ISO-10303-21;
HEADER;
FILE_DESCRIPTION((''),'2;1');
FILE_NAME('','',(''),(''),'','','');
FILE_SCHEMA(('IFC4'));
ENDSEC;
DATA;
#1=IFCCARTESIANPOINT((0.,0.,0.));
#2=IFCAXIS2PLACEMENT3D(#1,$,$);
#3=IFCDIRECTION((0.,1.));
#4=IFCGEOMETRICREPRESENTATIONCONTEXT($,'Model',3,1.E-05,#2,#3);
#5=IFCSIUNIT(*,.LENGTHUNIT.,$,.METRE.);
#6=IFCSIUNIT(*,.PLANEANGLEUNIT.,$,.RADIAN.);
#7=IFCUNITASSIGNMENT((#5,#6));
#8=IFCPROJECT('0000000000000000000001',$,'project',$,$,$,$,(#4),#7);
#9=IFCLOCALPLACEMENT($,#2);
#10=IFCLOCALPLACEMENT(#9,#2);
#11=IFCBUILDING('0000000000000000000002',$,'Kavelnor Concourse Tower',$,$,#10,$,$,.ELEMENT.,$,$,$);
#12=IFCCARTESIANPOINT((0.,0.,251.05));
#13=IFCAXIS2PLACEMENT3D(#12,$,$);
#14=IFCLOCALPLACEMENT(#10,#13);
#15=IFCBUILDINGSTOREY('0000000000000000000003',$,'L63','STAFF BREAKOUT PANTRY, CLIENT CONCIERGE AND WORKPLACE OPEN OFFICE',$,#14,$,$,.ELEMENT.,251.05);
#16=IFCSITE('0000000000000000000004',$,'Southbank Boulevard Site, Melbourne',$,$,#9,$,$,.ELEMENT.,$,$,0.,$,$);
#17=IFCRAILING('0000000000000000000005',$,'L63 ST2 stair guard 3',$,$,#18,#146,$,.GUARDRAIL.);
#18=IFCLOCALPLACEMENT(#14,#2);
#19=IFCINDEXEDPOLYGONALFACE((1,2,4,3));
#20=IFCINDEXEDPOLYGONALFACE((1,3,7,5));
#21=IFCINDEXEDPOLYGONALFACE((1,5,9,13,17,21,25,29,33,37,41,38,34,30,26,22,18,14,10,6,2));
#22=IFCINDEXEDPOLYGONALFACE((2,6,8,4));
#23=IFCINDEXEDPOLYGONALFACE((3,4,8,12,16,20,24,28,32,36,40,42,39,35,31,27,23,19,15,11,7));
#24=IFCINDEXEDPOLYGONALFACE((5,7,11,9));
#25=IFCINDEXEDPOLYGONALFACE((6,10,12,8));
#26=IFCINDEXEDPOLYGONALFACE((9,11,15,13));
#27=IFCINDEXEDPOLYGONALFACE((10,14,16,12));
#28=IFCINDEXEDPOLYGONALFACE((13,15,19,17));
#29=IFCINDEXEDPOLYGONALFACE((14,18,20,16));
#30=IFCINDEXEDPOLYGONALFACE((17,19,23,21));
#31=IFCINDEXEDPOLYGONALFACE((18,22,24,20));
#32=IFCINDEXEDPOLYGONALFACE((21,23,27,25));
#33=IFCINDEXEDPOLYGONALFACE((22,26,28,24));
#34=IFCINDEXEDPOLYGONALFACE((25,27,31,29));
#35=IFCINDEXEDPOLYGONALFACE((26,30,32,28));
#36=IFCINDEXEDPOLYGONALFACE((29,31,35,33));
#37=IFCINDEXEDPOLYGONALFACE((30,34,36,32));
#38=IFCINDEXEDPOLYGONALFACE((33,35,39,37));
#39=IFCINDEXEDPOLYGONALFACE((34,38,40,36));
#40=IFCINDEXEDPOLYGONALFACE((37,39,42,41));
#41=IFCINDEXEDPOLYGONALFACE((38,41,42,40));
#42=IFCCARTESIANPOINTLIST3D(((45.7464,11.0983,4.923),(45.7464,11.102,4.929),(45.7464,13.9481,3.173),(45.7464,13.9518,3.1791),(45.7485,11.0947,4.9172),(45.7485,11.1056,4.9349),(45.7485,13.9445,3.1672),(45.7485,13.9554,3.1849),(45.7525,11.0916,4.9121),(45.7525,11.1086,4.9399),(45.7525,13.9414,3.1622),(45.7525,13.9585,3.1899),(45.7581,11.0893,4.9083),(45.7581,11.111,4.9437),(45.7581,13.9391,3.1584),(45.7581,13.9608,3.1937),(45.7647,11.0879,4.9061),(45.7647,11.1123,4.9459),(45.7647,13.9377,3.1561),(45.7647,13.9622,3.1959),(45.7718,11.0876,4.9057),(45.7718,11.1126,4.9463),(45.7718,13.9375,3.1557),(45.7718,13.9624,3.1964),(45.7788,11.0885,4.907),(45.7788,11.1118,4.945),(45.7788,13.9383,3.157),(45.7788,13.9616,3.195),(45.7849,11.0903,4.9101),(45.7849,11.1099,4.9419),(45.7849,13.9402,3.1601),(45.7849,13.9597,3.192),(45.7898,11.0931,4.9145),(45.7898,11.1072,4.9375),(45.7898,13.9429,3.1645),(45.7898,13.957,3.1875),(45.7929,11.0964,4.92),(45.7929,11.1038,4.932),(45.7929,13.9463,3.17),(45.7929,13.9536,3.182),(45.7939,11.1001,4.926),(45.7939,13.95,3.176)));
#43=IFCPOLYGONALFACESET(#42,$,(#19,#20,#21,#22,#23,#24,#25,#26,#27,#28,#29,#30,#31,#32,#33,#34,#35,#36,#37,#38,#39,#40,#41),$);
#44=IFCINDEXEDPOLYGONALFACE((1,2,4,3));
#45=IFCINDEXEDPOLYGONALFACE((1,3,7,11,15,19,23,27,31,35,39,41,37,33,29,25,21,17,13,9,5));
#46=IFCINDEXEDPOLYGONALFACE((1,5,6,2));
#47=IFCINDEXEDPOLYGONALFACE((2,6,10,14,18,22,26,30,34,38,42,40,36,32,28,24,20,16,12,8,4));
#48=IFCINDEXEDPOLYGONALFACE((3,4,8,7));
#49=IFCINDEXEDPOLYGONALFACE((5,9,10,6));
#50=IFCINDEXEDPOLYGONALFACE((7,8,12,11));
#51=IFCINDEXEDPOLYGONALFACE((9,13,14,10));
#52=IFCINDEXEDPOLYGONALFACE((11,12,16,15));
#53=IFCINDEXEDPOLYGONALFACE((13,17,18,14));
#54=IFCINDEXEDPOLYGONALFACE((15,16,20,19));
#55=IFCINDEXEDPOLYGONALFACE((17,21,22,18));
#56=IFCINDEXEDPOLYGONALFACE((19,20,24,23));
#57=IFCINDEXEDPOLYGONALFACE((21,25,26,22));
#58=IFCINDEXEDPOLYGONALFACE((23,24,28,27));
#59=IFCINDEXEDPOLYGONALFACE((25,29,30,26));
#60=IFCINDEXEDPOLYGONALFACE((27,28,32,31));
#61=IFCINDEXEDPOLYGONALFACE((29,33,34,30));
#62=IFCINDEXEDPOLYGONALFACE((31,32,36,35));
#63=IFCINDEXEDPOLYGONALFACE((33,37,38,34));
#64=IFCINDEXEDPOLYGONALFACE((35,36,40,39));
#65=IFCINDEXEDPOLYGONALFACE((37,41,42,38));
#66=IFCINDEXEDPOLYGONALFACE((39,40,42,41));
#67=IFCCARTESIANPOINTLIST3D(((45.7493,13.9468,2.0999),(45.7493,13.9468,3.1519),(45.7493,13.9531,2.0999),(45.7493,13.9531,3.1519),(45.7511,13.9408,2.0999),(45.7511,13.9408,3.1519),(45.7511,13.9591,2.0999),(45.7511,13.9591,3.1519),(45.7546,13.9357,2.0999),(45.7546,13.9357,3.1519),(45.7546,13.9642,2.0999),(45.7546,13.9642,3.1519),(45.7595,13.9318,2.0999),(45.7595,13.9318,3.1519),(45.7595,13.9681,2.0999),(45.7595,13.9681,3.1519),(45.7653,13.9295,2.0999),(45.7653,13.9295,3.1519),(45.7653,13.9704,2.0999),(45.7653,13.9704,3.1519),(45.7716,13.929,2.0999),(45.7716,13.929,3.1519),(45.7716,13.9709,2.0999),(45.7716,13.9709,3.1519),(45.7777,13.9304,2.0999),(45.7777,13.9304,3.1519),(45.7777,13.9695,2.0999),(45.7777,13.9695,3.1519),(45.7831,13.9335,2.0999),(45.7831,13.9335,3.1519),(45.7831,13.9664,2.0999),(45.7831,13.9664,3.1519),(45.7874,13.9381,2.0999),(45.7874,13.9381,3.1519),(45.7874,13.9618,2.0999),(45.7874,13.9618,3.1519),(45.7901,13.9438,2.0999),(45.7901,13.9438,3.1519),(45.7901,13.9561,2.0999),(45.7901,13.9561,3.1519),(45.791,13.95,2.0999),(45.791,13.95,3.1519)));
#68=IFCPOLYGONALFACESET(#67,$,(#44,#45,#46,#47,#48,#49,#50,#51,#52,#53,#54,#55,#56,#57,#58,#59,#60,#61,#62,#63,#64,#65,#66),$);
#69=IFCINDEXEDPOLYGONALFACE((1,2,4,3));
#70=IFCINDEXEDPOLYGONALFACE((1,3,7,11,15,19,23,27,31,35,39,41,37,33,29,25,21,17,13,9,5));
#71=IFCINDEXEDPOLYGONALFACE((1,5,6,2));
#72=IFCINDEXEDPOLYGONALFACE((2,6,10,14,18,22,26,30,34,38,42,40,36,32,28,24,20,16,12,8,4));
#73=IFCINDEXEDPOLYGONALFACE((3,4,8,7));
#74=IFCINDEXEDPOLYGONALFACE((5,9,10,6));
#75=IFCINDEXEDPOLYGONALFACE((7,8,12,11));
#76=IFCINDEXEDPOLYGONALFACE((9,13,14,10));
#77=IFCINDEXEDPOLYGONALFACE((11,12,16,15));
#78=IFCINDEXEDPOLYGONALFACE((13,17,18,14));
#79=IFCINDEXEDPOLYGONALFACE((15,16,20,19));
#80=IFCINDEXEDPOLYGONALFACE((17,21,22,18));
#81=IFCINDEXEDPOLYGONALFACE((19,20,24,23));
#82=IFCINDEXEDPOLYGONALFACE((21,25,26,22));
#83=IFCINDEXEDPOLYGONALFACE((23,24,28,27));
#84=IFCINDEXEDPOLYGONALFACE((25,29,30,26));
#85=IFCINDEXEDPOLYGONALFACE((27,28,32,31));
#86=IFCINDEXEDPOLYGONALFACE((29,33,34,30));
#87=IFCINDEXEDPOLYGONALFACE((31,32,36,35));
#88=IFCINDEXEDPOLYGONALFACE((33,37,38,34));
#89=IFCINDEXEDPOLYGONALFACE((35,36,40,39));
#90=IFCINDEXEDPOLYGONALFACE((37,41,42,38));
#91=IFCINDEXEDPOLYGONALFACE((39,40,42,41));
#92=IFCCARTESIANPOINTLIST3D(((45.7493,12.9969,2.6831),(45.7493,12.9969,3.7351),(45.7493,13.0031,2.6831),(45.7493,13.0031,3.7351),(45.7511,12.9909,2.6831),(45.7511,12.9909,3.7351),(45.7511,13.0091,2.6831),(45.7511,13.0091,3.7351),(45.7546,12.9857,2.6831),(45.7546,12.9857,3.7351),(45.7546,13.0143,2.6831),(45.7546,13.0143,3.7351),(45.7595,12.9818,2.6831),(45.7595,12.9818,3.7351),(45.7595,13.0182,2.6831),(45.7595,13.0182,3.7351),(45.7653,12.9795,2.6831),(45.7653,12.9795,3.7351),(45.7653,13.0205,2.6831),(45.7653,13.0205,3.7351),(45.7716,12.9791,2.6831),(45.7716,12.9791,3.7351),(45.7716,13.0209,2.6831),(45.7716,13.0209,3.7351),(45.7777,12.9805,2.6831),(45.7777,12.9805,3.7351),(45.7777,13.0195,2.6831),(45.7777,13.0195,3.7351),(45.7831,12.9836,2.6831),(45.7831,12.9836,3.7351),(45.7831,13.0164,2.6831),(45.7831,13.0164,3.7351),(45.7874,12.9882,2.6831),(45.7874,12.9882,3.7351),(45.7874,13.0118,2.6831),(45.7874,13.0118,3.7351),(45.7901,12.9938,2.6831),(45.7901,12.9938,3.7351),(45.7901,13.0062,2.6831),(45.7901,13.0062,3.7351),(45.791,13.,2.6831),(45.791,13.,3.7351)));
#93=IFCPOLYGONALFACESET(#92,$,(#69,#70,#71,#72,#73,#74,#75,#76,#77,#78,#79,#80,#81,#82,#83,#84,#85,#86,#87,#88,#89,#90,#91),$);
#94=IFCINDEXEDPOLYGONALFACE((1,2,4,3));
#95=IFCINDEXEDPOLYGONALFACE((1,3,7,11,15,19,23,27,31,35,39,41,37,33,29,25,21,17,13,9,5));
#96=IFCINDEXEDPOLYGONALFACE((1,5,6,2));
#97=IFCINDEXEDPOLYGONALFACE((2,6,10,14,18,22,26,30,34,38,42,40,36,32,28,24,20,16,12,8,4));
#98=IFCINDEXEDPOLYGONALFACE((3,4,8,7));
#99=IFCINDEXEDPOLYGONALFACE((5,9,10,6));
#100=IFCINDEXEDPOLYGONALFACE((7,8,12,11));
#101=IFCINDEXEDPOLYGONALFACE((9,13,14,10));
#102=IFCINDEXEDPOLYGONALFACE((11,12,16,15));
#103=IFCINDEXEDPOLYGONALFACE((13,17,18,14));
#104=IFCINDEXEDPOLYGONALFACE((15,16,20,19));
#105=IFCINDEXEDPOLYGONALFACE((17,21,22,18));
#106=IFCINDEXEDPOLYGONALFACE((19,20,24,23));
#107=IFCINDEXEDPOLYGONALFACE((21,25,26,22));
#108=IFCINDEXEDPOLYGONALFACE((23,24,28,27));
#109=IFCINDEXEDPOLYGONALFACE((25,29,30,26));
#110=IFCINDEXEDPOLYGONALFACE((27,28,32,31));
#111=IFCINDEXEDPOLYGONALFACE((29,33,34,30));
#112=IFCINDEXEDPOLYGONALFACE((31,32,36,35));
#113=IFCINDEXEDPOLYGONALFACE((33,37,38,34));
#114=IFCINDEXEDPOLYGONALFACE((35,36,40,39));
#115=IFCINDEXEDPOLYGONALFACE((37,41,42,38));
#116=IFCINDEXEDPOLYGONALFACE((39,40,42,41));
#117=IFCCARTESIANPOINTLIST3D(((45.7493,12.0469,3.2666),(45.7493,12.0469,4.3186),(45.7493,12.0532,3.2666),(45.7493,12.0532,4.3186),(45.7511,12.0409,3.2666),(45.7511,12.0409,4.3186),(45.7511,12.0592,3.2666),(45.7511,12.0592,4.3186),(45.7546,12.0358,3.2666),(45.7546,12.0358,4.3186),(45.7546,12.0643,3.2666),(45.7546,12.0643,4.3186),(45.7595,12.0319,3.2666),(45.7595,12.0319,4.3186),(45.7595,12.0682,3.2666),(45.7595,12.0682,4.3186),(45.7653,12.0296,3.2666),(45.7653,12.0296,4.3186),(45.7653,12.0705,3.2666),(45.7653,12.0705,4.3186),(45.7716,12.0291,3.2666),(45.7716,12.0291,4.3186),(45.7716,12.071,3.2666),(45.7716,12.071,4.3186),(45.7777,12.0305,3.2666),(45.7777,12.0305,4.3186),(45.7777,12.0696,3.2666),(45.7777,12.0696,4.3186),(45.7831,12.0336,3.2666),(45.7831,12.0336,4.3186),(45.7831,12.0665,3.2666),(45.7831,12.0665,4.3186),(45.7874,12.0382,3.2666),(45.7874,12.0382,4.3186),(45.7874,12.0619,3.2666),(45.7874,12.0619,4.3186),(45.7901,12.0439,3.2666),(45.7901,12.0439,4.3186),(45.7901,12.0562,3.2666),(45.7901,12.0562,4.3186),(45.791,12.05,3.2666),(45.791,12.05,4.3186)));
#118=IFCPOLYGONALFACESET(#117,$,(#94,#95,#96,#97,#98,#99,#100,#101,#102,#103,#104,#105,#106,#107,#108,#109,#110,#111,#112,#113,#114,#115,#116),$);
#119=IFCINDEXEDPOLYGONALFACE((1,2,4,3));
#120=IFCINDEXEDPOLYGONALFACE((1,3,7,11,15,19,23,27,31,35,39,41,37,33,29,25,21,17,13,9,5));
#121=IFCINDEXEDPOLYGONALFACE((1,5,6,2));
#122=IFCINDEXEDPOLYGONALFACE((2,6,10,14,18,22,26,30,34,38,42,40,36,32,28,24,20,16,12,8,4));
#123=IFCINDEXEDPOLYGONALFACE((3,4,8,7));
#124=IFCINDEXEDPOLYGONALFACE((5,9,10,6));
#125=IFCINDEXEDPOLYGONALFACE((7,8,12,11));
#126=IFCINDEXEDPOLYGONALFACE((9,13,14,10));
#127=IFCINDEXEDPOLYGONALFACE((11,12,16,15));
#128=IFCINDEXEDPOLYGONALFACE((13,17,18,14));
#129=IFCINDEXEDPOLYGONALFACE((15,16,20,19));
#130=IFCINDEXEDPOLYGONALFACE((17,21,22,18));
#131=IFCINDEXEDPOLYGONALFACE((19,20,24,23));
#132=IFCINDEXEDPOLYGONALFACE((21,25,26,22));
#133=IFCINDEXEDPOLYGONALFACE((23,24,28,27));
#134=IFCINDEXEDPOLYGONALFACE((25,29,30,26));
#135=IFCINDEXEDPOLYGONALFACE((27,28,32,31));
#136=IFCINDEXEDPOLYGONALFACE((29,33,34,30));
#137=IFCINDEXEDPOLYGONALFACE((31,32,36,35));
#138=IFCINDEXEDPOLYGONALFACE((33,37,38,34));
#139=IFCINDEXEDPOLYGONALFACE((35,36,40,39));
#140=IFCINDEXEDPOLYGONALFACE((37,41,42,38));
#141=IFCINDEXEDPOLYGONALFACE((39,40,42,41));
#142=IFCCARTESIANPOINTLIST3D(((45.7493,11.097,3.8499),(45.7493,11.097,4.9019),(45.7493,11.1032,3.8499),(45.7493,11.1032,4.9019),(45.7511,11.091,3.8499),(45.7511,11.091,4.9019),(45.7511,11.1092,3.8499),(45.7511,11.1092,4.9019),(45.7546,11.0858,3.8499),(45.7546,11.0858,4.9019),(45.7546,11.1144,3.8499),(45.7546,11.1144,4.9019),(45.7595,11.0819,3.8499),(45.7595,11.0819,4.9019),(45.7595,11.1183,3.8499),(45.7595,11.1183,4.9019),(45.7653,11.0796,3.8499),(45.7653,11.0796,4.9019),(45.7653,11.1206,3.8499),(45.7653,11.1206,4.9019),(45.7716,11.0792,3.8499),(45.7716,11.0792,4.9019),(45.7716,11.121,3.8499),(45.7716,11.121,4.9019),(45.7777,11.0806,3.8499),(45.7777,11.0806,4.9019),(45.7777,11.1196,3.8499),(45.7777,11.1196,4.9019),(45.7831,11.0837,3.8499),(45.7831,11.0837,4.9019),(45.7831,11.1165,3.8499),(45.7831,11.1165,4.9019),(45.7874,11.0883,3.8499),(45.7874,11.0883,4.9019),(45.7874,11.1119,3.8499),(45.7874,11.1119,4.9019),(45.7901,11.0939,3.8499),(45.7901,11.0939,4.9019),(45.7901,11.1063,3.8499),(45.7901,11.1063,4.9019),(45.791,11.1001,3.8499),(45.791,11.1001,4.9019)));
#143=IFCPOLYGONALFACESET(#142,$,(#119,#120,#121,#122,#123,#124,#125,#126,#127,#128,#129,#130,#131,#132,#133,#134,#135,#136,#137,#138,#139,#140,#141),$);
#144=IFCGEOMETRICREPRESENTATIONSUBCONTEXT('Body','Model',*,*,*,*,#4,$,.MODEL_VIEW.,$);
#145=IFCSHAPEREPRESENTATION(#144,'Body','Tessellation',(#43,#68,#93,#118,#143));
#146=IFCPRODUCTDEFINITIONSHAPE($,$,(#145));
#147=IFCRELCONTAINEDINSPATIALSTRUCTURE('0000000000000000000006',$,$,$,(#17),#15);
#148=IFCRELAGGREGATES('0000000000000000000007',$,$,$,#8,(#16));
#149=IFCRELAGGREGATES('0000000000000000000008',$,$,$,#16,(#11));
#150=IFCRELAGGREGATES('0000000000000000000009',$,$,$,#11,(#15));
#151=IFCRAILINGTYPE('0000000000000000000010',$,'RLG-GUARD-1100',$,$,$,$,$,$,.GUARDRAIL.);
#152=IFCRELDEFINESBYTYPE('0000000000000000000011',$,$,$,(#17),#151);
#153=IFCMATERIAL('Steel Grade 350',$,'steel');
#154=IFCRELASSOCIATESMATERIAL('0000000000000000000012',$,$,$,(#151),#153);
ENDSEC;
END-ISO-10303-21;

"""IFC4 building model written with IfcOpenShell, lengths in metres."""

from ifc_helpers import new_model, si_unit, direction, frame, origin, origin_2d, place, context, subcontext, project, spatial, circle, extrude, material, type_object, element, save


model = new_model("IFC4")

# Units and contexts
model_context = context("Model", 3, precision=1e-05, world=origin(), true_north=direction((0.0, 1.0)))
body_context = subcontext(model_context, "Body", "Model", "MODEL_VIEW")
ifc_project = project(units=[si_unit("LENGTHUNIT", "METRE"), si_unit("PLANEANGLEUNIT", "RADIAN")], contexts=[model_context])

# Site, building, storey
site_placement = place(None, origin())
site = spatial("IfcSite", under=ifc_project, at=site_placement, Name="Southbank Boulevard Site, Melbourne", CompositionType="ELEMENT", RefElevation=0.0)
building_placement = place(site_placement, origin())
building = spatial("IfcBuilding", under=site, at=building_placement, Name="Kavelnor Concourse Tower", CompositionType="ELEMENT")
storey_placement = place(building_placement, frame((0.0, 0.0, 251.05)))
storey = spatial("IfcBuildingStorey", under=building, at=storey_placement, Name="L63", Description="STAFF BREAKOUT PANTRY, CLIENT CONCIERGE AND WORKPLACE OPEN OFFICE", CompositionType="ELEMENT", Elevation=251.05)

# Shared definitions
ifc_material_1 = material(Name="Steel Grade 350", Category="steel")

# Railing
railing_type_1 = type_object("IfcRailingType", Name="RLG-GUARD-1100", PredefinedType="GUARDRAIL", material=ifc_material_1)
railing_1_placement = place(storey_placement, frame((45.77, 13.95, 2.0999)))
element("IfcRailing", 1, at=railing_1_placement, inside=storey, type_object=railing_type_1, Name="L63 ST2 stair guard 3", PredefinedType="GUARDRAIL", context=body_context, shape_type="SweptSolid", body=[
    extrude(circle(Radius=0.0239, at=origin_2d()), frame((0.0, 0.0, 1.0762), z_axis=(0.0, -0.852159, 0.523283), x_axis=(1.0, 0.0, 0.0)), (0.0, 0.0, 1.0), 3.3442),
    extrude(circle(Radius=0.021, at=origin_2d()), origin(), (0.0, 0.0, 1.0), 1.052),
    extrude(circle(Radius=0.021, at=origin_2d()), frame((0.0, -0.95, 0.5833)), (0.0, 0.0, 1.0), 1.052),
    extrude(circle(Radius=0.021, at=origin_2d()), frame((0.0, -1.8999, 1.1667)), (0.0, 0.0, 1.0), 1.052),
    extrude(circle(Radius=0.021, at=origin_2d()), frame((0.0, -2.8499, 1.75)), (0.0, 0.0, 1.0), 1.052),
])

save(model, "model.ifc")
